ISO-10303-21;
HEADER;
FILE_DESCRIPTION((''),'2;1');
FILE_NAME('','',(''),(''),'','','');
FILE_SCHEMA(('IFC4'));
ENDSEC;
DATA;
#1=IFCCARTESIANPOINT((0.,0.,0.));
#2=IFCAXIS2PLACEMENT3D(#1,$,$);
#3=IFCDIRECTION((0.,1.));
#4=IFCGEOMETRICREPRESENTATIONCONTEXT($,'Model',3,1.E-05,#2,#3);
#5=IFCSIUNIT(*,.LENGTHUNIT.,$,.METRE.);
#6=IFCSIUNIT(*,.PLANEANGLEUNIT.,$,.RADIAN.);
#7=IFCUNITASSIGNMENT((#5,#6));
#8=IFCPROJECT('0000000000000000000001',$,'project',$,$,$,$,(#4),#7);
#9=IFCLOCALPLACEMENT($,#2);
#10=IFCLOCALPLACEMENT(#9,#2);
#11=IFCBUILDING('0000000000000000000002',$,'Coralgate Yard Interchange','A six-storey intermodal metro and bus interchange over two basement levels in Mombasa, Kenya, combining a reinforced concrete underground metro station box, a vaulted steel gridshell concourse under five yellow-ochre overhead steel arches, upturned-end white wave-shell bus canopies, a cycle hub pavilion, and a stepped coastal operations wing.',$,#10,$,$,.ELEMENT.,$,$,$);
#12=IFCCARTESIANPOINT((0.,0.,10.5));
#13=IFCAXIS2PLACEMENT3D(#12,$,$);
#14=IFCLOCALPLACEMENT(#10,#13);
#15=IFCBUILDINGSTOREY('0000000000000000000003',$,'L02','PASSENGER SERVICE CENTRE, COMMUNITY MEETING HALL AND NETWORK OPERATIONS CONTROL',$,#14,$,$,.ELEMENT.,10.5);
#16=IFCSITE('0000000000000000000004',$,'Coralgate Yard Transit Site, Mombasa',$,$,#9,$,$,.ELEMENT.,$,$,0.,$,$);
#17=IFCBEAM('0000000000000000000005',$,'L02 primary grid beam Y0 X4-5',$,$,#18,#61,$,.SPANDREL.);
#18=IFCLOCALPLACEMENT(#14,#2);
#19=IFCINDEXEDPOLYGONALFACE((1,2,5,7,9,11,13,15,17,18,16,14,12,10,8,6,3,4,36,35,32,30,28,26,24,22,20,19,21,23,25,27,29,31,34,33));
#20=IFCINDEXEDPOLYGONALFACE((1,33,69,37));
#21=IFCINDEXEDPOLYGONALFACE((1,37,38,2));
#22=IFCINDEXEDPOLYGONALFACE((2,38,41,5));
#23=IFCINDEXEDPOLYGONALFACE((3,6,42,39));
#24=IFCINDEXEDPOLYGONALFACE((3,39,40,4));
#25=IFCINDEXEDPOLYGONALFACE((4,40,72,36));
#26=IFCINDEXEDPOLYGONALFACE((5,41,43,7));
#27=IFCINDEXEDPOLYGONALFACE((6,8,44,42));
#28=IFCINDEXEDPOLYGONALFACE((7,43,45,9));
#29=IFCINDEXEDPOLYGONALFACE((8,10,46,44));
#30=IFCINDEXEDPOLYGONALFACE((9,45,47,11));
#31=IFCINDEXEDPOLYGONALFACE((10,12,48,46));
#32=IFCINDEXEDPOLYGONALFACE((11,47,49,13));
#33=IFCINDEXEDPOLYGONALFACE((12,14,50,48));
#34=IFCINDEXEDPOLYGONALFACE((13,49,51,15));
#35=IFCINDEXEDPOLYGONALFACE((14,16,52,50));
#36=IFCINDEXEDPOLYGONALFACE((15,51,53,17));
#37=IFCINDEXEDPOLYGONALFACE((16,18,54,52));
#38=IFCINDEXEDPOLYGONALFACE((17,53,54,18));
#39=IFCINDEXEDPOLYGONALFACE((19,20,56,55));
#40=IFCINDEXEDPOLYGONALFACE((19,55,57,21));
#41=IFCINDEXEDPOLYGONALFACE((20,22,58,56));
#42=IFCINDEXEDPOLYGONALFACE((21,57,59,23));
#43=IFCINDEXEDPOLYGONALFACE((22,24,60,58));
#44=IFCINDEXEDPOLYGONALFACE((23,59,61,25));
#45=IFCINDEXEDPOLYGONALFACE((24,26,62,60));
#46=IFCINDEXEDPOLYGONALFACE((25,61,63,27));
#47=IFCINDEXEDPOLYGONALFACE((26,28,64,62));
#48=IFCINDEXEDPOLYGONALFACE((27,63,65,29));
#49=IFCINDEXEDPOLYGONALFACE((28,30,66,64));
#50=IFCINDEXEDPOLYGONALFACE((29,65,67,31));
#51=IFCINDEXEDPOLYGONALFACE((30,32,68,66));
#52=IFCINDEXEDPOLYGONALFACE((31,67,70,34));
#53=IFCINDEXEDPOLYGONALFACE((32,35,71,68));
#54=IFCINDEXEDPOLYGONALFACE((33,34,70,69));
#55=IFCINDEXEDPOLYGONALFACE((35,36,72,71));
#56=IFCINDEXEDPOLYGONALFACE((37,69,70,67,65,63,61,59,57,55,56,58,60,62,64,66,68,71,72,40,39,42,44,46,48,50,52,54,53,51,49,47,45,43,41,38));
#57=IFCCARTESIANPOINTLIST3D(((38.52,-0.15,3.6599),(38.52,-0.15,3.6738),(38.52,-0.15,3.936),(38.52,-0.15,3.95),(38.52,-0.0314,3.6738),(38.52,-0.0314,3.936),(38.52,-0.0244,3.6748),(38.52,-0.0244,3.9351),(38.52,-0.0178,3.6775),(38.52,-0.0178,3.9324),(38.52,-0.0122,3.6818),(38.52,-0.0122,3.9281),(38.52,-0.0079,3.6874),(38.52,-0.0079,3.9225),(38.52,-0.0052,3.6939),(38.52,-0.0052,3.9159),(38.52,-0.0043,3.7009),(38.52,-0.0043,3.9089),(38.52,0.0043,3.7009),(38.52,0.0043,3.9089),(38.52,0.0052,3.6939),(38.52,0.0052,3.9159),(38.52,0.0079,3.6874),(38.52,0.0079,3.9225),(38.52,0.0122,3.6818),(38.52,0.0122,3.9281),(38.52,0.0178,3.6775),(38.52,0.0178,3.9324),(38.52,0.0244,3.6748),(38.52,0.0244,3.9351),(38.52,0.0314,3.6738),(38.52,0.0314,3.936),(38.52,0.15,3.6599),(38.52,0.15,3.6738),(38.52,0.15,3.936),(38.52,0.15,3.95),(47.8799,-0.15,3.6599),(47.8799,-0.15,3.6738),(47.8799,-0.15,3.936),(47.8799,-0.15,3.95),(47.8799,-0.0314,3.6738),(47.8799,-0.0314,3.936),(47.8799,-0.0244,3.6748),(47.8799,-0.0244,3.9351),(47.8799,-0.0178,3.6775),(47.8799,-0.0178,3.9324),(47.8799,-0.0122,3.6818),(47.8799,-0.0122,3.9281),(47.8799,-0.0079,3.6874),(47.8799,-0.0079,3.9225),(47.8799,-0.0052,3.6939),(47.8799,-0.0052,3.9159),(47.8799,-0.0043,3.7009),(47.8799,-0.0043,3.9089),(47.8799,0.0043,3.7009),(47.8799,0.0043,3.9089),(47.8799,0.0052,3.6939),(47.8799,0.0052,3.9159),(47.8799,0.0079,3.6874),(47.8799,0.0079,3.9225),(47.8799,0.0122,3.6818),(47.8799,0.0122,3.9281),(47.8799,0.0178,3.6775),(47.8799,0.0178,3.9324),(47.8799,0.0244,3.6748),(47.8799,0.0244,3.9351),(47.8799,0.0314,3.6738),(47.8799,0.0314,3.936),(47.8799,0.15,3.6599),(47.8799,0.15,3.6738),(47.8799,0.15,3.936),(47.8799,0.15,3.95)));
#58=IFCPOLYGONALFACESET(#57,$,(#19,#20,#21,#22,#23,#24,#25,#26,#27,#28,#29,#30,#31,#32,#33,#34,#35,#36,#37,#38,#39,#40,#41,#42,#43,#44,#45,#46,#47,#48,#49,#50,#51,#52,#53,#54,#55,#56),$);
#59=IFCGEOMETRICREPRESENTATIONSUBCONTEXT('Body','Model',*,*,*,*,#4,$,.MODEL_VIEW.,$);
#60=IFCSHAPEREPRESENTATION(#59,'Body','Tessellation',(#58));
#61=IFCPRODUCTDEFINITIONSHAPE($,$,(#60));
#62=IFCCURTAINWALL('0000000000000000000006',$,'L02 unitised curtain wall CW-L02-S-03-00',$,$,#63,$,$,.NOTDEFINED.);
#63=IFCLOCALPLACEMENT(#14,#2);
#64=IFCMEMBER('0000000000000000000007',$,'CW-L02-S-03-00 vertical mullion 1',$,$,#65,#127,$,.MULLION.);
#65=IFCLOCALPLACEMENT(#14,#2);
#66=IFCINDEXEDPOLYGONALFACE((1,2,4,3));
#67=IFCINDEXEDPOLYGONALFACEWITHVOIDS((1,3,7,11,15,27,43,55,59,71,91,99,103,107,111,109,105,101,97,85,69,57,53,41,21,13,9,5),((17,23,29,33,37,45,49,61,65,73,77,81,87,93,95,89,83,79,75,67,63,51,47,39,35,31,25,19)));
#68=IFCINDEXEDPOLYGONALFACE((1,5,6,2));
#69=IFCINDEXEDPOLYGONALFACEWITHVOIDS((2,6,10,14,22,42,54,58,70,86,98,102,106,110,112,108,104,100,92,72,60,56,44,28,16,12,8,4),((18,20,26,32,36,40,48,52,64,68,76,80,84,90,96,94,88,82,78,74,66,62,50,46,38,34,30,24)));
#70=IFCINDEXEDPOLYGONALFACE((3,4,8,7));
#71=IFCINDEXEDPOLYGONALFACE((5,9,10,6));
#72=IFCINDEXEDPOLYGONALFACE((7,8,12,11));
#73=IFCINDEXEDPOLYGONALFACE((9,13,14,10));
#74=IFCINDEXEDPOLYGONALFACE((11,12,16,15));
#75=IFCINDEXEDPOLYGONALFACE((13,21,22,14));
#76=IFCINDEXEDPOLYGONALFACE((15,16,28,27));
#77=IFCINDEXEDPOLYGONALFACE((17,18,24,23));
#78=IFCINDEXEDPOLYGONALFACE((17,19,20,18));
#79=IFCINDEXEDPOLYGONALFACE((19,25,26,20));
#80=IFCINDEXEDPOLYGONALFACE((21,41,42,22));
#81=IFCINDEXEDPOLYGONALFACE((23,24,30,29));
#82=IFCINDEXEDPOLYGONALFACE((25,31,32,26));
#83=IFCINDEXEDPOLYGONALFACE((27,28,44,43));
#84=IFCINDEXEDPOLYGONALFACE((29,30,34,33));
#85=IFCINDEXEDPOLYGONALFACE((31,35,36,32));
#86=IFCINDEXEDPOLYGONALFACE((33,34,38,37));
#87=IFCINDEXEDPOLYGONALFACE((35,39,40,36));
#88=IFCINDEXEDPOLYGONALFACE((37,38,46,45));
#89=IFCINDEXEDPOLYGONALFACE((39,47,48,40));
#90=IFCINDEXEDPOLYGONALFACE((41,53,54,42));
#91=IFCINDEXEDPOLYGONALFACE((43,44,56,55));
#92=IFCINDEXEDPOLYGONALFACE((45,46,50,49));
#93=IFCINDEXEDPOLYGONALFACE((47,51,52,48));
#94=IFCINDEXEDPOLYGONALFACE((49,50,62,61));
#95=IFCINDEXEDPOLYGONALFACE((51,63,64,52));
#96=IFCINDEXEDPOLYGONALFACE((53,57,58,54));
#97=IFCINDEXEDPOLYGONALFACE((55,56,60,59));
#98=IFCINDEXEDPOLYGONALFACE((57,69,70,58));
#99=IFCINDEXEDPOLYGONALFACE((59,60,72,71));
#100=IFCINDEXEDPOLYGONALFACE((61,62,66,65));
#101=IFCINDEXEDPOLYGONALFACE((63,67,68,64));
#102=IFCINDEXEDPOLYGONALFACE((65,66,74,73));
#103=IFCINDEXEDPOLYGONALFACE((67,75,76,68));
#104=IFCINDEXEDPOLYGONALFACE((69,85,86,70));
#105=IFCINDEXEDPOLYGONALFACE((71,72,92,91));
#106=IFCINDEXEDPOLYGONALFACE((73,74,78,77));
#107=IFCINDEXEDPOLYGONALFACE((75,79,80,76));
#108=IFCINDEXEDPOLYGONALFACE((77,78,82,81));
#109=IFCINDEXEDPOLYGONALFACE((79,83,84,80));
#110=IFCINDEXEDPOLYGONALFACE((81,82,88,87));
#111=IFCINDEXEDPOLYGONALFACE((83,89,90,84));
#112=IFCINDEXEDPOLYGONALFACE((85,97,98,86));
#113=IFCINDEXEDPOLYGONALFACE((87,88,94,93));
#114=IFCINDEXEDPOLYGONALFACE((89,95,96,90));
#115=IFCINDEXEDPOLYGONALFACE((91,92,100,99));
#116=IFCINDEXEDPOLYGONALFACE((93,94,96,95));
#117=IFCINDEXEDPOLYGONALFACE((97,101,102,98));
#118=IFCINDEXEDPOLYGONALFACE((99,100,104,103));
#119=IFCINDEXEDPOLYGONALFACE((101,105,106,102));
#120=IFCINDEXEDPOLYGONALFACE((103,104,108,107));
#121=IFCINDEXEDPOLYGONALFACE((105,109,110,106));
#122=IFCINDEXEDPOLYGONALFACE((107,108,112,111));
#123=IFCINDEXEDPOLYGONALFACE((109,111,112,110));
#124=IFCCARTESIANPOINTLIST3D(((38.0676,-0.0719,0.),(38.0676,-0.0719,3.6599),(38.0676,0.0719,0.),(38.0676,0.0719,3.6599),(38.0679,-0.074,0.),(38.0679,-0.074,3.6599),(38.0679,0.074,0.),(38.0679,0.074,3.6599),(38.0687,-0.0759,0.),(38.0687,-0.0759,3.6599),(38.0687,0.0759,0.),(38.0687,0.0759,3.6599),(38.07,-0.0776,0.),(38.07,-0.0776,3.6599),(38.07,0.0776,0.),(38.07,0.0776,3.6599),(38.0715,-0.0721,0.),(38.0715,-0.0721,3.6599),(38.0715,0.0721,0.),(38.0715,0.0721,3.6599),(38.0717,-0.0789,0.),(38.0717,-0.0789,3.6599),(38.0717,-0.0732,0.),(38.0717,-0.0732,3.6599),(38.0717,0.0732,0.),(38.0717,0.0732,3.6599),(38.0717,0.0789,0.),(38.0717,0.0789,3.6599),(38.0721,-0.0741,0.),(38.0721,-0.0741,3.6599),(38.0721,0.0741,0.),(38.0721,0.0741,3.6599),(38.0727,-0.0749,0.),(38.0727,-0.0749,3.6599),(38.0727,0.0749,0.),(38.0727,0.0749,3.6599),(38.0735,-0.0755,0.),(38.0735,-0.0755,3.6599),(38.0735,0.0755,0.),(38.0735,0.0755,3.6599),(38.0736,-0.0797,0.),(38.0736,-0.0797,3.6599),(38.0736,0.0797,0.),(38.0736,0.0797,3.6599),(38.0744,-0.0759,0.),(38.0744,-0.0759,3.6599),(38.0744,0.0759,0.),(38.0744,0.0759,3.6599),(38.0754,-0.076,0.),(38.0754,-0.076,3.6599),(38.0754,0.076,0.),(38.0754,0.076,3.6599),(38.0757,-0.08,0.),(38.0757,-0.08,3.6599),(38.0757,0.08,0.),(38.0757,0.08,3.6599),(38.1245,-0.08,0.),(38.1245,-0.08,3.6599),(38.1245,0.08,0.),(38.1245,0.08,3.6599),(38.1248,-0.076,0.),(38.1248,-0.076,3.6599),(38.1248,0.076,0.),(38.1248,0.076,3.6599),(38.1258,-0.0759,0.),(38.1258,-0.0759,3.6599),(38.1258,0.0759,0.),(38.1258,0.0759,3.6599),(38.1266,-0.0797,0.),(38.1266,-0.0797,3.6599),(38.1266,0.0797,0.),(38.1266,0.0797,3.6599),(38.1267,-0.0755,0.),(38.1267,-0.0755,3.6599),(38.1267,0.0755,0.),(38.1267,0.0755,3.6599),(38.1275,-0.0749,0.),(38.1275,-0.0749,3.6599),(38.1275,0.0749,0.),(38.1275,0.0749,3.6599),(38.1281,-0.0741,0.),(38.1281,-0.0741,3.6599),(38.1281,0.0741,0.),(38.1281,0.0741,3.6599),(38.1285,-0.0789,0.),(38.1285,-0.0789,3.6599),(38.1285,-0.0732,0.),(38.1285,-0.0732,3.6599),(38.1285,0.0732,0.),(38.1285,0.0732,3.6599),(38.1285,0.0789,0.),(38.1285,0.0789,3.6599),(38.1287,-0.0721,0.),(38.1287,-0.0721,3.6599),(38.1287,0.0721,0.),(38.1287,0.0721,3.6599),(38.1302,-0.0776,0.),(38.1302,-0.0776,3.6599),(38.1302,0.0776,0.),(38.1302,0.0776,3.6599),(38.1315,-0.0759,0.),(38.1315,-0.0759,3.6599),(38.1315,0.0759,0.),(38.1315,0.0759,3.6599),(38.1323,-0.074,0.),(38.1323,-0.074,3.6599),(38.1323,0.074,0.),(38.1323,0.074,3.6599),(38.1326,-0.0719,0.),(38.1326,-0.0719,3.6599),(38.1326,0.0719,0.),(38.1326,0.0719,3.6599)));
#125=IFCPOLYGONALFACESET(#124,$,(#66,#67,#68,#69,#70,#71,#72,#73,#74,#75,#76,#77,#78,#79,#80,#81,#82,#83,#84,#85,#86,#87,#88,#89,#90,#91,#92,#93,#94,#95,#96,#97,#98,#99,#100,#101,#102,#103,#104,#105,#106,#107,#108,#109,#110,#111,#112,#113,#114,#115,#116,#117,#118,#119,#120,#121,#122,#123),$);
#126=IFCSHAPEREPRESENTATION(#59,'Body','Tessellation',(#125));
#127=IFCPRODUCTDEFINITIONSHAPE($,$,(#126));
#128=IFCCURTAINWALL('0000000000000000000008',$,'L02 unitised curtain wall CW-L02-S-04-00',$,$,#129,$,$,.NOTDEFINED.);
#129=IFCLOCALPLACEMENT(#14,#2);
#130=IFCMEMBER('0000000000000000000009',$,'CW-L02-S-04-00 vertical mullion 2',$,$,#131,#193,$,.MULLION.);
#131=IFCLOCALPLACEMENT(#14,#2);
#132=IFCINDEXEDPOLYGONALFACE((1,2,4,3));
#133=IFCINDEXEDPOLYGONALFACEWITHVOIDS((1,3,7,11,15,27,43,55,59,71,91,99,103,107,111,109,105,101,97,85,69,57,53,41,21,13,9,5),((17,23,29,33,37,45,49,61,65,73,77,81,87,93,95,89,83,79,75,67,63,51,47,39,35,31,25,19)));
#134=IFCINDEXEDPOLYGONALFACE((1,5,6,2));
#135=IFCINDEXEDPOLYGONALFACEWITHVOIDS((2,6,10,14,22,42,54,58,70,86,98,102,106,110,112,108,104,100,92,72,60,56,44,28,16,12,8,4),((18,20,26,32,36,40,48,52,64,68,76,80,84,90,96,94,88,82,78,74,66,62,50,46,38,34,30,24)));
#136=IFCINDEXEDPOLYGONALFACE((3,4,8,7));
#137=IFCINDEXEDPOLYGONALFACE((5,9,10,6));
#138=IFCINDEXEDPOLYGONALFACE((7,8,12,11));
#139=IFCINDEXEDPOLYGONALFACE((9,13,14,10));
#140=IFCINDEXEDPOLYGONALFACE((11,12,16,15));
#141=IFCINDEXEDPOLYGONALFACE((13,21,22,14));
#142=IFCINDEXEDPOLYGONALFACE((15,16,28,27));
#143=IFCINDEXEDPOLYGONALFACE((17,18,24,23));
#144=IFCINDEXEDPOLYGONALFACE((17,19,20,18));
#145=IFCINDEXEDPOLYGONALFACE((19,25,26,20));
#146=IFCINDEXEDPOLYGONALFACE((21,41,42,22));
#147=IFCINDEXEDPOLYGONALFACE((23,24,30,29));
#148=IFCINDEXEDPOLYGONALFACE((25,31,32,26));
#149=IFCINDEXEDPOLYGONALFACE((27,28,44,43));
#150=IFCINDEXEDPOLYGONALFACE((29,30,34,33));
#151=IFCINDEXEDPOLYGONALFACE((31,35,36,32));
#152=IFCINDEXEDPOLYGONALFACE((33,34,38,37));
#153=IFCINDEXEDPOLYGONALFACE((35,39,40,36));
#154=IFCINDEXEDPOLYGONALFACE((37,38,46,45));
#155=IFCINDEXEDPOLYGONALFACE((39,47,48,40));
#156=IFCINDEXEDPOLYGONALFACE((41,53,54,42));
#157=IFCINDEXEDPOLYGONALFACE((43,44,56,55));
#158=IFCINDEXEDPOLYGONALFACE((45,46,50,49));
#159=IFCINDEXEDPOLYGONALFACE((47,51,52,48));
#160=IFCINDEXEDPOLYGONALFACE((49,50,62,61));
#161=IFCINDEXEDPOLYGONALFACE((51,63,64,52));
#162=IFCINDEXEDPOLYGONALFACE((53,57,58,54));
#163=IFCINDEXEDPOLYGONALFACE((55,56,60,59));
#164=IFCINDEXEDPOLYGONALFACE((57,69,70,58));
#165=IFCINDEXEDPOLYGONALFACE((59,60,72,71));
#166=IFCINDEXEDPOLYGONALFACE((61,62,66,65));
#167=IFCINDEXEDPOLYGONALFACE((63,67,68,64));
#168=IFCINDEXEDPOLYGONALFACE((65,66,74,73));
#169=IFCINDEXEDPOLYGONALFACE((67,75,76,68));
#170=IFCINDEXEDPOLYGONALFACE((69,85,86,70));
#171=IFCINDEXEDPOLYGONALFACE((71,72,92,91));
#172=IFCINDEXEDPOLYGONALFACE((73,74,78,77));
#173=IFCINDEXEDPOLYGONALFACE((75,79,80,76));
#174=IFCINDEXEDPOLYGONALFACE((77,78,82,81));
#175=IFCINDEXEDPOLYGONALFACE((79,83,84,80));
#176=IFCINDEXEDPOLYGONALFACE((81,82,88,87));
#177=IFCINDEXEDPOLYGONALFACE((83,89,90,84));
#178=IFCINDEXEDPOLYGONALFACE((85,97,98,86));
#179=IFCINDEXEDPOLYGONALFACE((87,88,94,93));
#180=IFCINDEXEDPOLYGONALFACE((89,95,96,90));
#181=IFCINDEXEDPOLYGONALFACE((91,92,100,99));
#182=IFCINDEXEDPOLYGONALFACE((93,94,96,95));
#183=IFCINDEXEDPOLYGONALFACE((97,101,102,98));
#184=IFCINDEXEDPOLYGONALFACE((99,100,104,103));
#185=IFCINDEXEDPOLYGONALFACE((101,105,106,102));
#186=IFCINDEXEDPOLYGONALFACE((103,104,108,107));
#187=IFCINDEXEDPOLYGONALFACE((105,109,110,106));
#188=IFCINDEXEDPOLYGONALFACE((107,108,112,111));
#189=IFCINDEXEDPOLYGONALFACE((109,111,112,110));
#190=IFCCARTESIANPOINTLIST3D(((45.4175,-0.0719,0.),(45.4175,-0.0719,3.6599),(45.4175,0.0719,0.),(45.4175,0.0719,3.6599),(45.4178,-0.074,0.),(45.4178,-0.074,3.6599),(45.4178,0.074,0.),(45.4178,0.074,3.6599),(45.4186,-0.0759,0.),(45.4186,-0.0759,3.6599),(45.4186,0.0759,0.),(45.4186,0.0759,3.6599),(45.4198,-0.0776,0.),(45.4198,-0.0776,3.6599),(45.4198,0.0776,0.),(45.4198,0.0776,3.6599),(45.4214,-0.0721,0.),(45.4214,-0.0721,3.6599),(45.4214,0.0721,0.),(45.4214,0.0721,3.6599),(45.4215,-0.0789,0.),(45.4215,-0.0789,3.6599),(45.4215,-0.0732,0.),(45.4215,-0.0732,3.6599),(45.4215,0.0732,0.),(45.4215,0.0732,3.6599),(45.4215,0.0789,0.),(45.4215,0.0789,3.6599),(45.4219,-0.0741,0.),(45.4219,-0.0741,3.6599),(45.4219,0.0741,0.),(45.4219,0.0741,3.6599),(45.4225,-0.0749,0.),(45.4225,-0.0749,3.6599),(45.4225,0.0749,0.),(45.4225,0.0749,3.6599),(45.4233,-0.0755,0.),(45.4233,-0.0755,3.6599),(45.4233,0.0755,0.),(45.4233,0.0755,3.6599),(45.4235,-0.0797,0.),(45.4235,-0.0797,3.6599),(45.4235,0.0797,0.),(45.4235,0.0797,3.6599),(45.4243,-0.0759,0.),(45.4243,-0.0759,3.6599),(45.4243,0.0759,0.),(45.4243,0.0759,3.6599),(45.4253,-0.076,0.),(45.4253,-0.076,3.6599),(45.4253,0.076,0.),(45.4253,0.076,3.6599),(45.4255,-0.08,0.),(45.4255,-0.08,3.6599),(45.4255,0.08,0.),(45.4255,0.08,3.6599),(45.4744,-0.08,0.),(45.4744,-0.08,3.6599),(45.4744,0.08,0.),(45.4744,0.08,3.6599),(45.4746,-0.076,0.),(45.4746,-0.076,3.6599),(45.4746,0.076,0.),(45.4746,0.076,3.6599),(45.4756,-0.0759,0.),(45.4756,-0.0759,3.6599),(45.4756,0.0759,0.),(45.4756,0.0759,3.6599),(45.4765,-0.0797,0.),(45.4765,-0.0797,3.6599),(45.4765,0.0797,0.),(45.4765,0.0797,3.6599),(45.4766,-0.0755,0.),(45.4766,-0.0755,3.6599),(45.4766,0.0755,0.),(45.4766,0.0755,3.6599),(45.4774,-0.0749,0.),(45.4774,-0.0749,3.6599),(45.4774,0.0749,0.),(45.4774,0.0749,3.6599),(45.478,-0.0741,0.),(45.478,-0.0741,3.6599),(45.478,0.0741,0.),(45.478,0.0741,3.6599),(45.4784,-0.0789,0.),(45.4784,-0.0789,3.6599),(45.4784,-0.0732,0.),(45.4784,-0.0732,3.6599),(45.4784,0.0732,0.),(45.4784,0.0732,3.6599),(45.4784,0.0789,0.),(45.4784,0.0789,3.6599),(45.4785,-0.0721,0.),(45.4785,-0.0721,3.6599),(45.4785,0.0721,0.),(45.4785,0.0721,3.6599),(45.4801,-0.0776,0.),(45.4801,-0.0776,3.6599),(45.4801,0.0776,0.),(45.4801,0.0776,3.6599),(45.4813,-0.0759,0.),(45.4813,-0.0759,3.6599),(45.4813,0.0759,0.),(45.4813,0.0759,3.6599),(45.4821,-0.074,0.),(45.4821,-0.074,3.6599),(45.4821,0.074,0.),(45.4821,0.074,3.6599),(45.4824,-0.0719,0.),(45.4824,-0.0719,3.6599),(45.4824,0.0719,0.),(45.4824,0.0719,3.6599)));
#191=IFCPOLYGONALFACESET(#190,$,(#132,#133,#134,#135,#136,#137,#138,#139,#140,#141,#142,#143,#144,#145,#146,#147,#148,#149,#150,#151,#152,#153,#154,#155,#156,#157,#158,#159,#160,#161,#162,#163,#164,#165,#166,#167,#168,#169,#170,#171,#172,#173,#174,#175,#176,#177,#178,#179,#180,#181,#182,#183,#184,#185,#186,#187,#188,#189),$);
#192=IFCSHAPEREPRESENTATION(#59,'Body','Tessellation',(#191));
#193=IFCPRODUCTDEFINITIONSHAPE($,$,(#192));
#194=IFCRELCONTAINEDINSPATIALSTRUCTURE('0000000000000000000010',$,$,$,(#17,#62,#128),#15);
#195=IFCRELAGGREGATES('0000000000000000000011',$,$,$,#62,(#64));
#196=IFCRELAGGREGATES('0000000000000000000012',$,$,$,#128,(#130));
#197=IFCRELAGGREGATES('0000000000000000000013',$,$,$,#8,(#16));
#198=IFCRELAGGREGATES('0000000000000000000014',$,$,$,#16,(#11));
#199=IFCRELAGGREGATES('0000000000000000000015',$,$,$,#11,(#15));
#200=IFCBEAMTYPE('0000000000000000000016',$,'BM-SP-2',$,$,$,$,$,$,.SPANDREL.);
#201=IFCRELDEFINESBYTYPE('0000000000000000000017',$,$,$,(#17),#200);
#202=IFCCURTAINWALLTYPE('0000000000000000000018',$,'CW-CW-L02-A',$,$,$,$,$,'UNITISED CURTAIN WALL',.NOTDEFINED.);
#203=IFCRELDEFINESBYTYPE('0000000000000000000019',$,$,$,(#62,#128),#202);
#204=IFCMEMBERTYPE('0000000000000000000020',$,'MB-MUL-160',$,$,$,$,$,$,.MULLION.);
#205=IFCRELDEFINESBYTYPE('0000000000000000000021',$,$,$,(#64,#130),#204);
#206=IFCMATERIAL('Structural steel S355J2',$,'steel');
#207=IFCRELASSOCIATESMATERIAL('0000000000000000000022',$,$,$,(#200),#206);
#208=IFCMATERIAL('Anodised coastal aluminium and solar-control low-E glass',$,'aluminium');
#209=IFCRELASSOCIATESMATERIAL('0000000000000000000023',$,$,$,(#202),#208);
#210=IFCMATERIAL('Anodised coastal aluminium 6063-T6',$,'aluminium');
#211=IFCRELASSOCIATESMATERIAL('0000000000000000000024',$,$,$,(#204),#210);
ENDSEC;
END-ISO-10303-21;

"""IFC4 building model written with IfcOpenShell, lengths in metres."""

from ifc_helpers import new_model, si_unit, direction, frame, origin, origin_2d, place, context, subcontext, project, spatial, hollow_rectangle, i_section, extrude, material, material_profile, profile_set, type_object, element, aggregate, save


model = new_model("IFC4")

# Units and contexts
model_context = context("Model", 3, precision=1e-05, world=origin(), true_north=direction((0.0, 1.0)))
body_context = subcontext(model_context, "Body", "Model", "MODEL_VIEW")
ifc_project = project(units=[si_unit("LENGTHUNIT", "METRE"), si_unit("PLANEANGLEUNIT", "RADIAN")], contexts=[model_context])

# Site, building, storey
site_placement = place(None, origin())
site = spatial("IfcSite", under=ifc_project, at=site_placement, Name="Coralgate Yard Transit Site, Mombasa", CompositionType="ELEMENT", RefElevation=0.0)
building_placement = place(site_placement, origin())
building = spatial("IfcBuilding", under=site, at=building_placement, Name="Coralgate Yard Interchange", Description="A six-storey intermodal metro and bus interchange over two basement levels in Mombasa, Kenya, combining a reinforced concrete underground metro station box, a vaulted steel gridshell concourse under five yellow-ochre overhead steel arches, upturned-end white wave-shell bus canopies, a cycle hub pavilion, and a stepped coastal operations wing.", CompositionType="ELEMENT")
storey_placement = place(building_placement, frame((0.0, 0.0, 10.5)))
storey = spatial("IfcBuildingStorey", under=building, at=storey_placement, Name="L02", Description="PASSENGER SERVICE CENTRE, COMMUNITY MEETING HALL AND NETWORK OPERATIONS CONTROL", CompositionType="ELEMENT", Elevation=10.5)

# Shared definitions
ifc_material_1 = material(Name="Structural steel S355J2", Category="steel")

# Beam
ifc_material_profile_1 = material_profile(ifc_material_1, i_section(OverallWidth=0.3, OverallDepth=0.29, WebThickness=0.0085, FlangeThickness=0.0139, FilletRadius=0.0271, at=origin_2d()), Name="HEA 300")
ifc_profile_set_1 = profile_set([ifc_material_profile_1], Name="Structural steel S355J2")
beam_type_1 = type_object("IfcBeamType", Name="BM-SP-2", PredefinedType="SPANDREL", material=ifc_profile_set_1)
beam_1_placement = place(storey_placement, frame((38.52, 0.0, 3.8049), z_axis=(1.0, 0.0, 0.0), x_axis=(0.0, 1.0, 0.0)))
element("IfcBeam", 1, at=beam_1_placement, inside=storey, type_object=beam_type_1, Name="L02 primary grid beam Y0 X4-5", PredefinedType="SPANDREL", context=body_context, shape_type="SweptSolid", body=[
    extrude(i_section(OverallWidth=0.3, OverallDepth=0.29, WebThickness=0.0085, FlangeThickness=0.0139, FilletRadius=0.0271, at=origin_2d()), origin(), (0.0, 0.0, 1.0), 9.3599),
])

# Curtain wall, member
ifc_material_2 = material(Name="Anodised coastal aluminium and solar-control low-E glass", Category="aluminium")
curtain_wall_type = type_object("IfcCurtainWallType", Name="CW-CW-L02-A", ElementType="UNITISED CURTAIN WALL", PredefinedType="NOTDEFINED", material=ifc_material_2)
curtain_wall_1_placement = place(storey_placement, origin())
curtain_wall_1 = element("IfcCurtainWall", 2, at=curtain_wall_1_placement, inside=storey, type_object=curtain_wall_type, Name="L02 unitised curtain wall CW-L02-S-03-00", PredefinedType="NOTDEFINED")
ifc_material_3 = material(Name="Anodised coastal aluminium 6063-T6", Category="aluminium")
ifc_material_profile_2 = material_profile(ifc_material_3, hollow_rectangle(XDim=0.0649, YDim=0.1599, WallThickness=0.0039, InnerFilletRadius=0.0039, OuterFilletRadius=0.0081, at=origin_2d()), Name="ALU 65x160x4")
ifc_profile_set_2 = profile_set([ifc_material_profile_2], Name="Anodised coastal aluminium 6063-T6")
member_type_1 = type_object("IfcMemberType", Name="MB-MUL-160", PredefinedType="MULLION", material=ifc_profile_set_2)
member_1_placement = place(storey_placement, frame((38.1001, 0.0, 0.0), z_axis=(0.0, 0.0, 1.0), x_axis=(1.0, 0.0, 0.0)))
member_1 = element("IfcMember", 3, at=member_1_placement, type_object=member_type_1, Name="CW-L02-S-03-00 vertical mullion 1", PredefinedType="MULLION", context=body_context, shape_type="SweptSolid", body=[
    extrude(hollow_rectangle(XDim=0.0649, YDim=0.1599, WallThickness=0.0039, InnerFilletRadius=0.0039, OuterFilletRadius=0.0081, at=origin_2d()), origin(), (0.0, 0.0, 1.0), 3.6599),
])

# Curtain wall, member
curtain_wall_2_placement = place(storey_placement, origin())
curtain_wall_2 = element("IfcCurtainWall", 4, at=curtain_wall_2_placement, inside=storey, type_object=curtain_wall_type, Name="L02 unitised curtain wall CW-L02-S-04-00", PredefinedType="NOTDEFINED")
member_2_placement = place(storey_placement, frame((45.45, 0.0, 0.0), z_axis=(0.0, 0.0, 1.0), x_axis=(1.0, 0.0, 0.0)))
member_2 = element("IfcMember", 5, at=member_2_placement, type_object=member_type_1, Name="CW-L02-S-04-00 vertical mullion 2", PredefinedType="MULLION", context=body_context, shape_type="SweptSolid", body=[
    extrude(hollow_rectangle(XDim=0.0649, YDim=0.1599, WallThickness=0.0039, InnerFilletRadius=0.0039, OuterFilletRadius=0.0081, at=origin_2d()), origin(), (0.0, 0.0, 1.0), 3.6599),
])

aggregate(curtain_wall_1, [member_1])

aggregate(curtain_wall_2, [member_2])

save(model, "model.ifc")
